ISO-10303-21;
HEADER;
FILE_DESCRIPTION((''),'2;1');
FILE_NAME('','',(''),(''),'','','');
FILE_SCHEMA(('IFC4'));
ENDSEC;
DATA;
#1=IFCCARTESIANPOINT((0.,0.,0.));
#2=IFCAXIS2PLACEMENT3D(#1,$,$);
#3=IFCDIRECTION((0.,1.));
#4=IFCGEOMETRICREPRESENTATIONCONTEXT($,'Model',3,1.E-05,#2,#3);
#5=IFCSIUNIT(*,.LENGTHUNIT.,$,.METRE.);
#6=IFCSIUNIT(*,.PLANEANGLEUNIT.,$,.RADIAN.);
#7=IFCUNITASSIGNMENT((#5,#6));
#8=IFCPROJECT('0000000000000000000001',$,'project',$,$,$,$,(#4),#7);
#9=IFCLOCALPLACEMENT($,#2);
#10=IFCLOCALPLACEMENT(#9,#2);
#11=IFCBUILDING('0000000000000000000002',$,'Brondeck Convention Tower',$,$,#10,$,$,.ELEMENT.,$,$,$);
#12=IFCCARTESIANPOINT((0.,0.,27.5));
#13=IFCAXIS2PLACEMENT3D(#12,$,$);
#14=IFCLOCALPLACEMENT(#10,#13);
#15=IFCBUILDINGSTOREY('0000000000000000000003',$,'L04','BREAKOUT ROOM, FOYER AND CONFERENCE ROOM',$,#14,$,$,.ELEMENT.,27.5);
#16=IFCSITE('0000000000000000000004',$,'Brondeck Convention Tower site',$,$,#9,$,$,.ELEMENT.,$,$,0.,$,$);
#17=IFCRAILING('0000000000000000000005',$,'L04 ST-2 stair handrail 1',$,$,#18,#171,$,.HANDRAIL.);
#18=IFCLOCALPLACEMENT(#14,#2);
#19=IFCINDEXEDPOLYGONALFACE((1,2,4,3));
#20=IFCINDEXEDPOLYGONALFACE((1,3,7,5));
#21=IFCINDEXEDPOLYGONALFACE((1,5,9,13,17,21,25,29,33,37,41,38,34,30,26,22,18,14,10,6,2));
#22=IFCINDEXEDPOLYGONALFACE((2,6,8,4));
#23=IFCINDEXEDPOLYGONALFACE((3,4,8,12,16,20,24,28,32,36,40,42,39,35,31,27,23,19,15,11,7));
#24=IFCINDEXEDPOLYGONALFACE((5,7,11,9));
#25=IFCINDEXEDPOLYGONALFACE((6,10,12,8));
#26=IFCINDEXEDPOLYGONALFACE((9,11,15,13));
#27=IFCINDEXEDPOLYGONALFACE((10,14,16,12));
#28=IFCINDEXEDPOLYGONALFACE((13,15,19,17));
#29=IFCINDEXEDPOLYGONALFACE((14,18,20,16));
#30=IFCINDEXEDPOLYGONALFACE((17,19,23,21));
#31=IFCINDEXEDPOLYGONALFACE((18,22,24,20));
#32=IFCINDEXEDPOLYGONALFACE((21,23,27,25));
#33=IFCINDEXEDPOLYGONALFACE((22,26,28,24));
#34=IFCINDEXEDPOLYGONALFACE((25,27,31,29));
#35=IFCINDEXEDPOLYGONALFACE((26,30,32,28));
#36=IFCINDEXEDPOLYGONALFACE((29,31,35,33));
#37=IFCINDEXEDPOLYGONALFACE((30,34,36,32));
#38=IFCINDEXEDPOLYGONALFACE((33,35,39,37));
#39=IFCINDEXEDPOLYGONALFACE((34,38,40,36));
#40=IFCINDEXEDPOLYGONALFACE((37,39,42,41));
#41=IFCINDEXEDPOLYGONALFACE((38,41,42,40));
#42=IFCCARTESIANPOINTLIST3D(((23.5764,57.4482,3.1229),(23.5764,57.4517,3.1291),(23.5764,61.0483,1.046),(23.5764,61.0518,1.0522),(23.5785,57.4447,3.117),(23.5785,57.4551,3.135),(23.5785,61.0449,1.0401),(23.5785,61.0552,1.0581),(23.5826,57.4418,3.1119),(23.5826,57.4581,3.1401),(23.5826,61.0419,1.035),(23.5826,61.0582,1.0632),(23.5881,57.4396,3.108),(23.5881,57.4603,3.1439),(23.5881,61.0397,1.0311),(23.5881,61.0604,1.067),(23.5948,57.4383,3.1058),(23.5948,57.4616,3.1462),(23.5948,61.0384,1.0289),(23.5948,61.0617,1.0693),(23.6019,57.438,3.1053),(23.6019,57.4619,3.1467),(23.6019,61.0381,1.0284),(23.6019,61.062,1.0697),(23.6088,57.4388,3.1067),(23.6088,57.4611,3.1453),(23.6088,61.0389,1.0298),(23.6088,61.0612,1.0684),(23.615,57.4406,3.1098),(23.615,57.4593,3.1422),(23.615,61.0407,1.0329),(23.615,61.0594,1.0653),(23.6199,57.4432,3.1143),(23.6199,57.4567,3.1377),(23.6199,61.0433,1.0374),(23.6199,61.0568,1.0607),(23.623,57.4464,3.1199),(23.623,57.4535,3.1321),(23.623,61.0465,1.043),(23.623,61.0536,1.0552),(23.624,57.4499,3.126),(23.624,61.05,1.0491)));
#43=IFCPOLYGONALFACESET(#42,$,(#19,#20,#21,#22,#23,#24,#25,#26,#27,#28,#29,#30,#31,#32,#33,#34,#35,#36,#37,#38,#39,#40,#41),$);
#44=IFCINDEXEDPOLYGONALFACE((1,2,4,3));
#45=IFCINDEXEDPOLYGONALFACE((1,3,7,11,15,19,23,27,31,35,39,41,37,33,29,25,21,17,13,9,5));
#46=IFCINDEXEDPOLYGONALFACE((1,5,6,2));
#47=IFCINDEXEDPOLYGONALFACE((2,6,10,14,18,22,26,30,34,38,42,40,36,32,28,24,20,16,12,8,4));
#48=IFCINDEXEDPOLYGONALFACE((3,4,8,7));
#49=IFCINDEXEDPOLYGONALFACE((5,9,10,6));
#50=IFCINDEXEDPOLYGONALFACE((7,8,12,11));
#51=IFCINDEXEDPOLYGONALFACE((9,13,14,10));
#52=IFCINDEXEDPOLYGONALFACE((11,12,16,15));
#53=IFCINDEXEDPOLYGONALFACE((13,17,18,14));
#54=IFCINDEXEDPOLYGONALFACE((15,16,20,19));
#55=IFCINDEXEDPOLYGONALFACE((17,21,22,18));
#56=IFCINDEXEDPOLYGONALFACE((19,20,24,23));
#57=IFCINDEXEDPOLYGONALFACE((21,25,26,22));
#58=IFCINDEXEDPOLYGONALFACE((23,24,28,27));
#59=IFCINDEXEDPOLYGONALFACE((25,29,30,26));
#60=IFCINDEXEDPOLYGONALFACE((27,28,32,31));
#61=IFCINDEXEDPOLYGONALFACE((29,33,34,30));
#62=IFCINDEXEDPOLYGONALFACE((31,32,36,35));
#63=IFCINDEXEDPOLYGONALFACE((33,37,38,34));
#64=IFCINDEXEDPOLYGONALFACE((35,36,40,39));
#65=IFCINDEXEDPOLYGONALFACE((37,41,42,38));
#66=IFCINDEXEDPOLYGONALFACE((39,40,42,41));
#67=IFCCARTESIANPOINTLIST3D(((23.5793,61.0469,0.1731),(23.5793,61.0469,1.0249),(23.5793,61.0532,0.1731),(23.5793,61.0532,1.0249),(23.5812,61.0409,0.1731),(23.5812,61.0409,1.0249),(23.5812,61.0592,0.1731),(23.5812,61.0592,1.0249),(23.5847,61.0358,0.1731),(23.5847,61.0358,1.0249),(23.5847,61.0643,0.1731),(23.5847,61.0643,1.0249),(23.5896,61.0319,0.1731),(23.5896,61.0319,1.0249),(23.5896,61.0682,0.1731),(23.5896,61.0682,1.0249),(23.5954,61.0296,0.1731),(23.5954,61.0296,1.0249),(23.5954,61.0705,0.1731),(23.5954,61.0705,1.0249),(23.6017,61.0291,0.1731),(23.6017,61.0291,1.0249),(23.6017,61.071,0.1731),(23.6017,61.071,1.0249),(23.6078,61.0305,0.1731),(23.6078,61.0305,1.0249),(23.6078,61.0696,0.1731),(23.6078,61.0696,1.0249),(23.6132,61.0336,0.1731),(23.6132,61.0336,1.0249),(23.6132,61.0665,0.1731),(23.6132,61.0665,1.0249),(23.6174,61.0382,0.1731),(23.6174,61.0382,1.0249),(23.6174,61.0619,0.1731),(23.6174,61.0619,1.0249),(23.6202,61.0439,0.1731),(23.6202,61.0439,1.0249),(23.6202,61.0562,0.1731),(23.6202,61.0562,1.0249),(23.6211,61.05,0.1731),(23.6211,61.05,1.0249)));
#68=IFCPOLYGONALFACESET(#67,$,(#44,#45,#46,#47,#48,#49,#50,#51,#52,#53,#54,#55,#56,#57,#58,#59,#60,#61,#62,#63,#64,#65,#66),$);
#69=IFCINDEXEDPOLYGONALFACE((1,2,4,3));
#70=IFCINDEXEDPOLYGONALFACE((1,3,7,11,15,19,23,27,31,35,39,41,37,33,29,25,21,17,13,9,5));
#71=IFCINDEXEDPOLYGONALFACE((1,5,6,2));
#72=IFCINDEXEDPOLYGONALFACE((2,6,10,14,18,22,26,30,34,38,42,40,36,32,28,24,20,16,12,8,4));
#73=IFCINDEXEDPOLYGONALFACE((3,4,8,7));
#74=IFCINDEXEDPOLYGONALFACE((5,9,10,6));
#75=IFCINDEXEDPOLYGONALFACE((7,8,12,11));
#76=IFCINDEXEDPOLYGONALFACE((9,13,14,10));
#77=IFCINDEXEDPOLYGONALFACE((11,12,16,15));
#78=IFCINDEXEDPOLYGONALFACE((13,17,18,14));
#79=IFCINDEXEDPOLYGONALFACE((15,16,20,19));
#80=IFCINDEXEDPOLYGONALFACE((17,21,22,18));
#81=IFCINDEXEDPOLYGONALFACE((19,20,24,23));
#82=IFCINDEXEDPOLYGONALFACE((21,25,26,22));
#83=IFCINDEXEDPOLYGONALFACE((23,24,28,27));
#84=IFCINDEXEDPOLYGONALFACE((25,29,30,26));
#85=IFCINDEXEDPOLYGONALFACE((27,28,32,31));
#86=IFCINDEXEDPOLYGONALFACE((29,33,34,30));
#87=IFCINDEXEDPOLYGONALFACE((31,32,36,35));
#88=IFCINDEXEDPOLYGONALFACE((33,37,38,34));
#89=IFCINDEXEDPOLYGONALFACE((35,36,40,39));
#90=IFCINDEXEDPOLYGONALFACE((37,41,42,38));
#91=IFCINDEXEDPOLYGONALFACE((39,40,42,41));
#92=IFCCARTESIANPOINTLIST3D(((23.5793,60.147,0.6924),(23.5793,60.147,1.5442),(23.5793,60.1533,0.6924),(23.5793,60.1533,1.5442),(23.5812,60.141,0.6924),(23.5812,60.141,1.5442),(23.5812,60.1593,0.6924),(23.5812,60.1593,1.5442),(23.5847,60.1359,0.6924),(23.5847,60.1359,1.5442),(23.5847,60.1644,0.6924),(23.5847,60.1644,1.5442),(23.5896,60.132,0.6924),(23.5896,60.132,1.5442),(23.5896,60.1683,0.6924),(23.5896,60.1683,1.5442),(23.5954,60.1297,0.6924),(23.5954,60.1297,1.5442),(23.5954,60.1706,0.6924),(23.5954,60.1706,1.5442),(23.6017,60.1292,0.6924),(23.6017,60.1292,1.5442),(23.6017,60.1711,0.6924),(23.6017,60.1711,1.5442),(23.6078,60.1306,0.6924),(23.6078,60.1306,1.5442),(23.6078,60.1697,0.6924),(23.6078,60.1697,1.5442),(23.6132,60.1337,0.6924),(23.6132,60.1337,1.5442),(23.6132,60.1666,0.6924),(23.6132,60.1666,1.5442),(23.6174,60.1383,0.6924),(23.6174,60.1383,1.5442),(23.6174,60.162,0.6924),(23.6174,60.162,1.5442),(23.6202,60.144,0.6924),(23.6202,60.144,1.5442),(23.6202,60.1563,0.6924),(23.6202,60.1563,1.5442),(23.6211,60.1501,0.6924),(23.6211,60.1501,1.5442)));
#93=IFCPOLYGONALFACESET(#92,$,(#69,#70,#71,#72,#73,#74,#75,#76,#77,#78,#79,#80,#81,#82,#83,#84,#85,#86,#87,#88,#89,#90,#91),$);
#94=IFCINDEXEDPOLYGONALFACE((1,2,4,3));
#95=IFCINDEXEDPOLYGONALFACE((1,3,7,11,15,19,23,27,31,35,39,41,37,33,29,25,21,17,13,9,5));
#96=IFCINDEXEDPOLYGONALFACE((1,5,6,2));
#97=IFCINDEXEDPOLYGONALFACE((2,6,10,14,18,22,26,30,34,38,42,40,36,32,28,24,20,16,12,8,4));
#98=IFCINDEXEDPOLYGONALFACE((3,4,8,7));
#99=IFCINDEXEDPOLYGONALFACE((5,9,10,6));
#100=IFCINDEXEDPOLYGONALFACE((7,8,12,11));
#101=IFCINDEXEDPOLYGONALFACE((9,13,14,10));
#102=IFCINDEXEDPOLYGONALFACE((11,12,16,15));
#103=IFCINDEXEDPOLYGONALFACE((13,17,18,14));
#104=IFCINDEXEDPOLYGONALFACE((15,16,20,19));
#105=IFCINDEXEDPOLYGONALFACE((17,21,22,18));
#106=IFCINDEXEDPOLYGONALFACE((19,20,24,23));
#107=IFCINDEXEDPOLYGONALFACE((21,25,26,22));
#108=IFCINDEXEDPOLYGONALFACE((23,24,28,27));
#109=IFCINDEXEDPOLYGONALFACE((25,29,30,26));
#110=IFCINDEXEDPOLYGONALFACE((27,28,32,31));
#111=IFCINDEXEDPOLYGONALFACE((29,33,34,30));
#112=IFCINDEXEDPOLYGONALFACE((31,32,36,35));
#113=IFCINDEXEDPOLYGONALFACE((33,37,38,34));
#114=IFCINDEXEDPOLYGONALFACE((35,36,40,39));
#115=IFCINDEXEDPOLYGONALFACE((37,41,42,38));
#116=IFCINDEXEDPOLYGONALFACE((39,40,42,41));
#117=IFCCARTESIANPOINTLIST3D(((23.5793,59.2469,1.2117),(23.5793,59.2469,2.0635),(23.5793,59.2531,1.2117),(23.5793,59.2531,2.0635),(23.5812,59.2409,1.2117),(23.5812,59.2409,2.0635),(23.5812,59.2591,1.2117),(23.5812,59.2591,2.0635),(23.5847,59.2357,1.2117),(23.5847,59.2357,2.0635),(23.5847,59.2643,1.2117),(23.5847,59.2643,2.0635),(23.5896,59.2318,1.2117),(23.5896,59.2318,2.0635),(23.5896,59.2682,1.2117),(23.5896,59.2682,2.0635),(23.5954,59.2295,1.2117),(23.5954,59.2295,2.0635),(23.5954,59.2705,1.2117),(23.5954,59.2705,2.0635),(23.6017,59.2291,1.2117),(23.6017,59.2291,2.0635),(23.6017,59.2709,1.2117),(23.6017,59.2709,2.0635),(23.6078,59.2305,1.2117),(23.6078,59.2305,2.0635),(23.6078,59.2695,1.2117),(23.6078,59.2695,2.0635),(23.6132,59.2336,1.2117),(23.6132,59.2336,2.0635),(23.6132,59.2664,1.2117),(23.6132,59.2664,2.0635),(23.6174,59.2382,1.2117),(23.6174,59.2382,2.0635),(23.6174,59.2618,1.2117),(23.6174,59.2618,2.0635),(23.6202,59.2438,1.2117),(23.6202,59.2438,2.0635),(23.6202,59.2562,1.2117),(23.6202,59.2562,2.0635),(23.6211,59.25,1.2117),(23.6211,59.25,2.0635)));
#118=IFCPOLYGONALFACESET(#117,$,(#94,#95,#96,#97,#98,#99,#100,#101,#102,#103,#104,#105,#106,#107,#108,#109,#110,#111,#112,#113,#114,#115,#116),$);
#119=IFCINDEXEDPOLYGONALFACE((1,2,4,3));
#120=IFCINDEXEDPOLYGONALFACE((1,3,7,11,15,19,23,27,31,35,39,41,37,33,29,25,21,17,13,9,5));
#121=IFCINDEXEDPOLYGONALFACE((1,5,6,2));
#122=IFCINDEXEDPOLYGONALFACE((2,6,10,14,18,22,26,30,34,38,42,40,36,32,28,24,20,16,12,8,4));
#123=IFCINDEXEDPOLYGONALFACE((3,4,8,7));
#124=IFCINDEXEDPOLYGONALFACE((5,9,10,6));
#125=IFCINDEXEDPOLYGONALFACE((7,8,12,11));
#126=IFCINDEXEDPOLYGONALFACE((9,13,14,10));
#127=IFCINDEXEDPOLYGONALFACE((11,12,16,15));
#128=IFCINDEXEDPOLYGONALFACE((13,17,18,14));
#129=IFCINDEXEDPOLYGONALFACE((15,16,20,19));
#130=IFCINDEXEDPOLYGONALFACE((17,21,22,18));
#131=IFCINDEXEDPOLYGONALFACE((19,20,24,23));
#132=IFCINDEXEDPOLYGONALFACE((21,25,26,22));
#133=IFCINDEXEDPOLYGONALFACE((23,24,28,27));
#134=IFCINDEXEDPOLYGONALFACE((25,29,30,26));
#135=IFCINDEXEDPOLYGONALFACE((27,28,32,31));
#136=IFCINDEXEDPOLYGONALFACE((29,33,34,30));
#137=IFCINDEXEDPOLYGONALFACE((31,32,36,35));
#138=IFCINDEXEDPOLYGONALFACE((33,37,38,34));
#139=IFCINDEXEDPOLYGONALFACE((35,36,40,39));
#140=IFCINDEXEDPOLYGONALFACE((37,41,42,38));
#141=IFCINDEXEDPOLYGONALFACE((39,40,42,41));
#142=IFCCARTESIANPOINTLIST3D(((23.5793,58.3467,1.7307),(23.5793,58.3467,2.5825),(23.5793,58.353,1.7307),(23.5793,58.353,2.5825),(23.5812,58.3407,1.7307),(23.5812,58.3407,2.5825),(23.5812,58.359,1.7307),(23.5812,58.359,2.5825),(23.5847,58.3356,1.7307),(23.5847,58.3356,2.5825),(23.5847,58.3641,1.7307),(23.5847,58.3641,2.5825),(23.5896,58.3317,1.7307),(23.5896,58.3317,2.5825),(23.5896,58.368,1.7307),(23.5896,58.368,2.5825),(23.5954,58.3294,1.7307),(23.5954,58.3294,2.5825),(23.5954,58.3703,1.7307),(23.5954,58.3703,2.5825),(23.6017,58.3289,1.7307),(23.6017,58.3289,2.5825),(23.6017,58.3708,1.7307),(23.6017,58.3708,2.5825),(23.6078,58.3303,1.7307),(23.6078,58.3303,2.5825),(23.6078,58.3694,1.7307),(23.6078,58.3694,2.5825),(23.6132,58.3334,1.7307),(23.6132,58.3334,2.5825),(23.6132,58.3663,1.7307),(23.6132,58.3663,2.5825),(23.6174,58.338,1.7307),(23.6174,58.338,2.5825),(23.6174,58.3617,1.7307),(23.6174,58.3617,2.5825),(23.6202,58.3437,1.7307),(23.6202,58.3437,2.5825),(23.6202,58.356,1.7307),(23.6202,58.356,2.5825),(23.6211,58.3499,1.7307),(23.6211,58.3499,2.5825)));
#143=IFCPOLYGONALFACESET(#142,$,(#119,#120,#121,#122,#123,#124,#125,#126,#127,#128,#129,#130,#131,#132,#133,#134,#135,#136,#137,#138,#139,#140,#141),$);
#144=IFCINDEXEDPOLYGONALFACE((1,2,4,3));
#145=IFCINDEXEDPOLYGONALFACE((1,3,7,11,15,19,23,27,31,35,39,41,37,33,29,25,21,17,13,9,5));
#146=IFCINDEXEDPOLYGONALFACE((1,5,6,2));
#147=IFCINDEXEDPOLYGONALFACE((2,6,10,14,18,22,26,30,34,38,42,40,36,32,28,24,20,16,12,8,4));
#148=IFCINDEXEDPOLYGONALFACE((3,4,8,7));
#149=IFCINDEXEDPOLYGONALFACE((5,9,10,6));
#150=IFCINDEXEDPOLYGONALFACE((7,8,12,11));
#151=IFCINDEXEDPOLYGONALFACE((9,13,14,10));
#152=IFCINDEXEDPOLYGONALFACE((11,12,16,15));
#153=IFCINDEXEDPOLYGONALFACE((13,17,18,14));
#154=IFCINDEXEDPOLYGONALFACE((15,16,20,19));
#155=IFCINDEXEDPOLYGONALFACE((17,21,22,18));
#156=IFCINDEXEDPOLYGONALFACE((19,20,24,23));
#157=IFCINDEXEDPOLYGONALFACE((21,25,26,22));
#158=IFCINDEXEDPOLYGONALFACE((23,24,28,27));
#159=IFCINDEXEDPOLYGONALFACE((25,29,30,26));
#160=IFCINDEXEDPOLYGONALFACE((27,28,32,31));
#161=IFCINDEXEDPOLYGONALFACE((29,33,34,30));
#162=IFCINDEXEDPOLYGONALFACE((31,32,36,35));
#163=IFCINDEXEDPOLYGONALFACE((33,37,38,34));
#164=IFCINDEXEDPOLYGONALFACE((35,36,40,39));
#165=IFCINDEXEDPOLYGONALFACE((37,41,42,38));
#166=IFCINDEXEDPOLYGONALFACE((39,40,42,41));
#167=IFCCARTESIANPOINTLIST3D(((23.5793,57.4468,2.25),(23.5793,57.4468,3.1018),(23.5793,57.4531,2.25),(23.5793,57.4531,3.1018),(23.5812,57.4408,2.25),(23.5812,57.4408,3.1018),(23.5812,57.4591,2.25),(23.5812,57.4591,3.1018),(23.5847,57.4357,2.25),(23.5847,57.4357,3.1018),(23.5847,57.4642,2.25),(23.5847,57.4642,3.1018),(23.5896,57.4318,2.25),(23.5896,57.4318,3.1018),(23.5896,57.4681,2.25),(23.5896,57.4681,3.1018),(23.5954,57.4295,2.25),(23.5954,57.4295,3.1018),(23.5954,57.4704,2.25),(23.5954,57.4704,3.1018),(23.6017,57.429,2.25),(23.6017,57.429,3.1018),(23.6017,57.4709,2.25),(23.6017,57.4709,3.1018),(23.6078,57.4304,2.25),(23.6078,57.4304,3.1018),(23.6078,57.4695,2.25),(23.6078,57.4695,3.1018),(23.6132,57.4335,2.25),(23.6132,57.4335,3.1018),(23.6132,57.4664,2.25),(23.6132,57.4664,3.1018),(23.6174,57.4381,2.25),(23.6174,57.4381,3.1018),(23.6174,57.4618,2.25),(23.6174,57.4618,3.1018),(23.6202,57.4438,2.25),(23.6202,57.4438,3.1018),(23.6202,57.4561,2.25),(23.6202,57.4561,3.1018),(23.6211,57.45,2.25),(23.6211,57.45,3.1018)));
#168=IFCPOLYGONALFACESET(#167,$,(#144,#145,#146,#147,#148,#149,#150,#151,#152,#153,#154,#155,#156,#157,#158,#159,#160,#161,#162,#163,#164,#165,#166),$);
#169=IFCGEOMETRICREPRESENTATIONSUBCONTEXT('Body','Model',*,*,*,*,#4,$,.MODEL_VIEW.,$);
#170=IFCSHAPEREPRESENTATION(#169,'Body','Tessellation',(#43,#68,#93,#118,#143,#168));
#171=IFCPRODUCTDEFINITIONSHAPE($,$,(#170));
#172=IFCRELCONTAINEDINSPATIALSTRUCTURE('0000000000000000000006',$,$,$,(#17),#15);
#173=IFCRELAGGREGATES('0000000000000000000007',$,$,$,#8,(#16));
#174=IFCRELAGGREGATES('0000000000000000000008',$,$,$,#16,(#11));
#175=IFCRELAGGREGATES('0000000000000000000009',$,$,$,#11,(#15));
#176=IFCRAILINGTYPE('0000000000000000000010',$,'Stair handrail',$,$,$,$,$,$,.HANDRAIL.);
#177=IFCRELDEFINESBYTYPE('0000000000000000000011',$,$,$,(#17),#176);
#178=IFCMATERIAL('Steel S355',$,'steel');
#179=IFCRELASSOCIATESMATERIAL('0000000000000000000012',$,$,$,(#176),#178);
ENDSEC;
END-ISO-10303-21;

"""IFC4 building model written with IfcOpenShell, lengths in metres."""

from ifc_helpers import new_model, si_unit, direction, frame, origin, origin_2d, place, context, subcontext, project, spatial, circle, extrude, material, type_object, element, save


model = new_model("IFC4")

# Units and contexts
model_context = context("Model", 3, precision=1e-05, world=origin(), true_north=direction((0.0, 1.0)))
body_context = subcontext(model_context, "Body", "Model", "MODEL_VIEW")
ifc_project = project(units=[si_unit("LENGTHUNIT", "METRE"), si_unit("PLANEANGLEUNIT", "RADIAN")], contexts=[model_context])

# Site, building, storey
site_placement = place(None, origin())
site = spatial("IfcSite", under=ifc_project, at=site_placement, Name="Brondeck Convention Tower site", CompositionType="ELEMENT", RefElevation=0.0)
building_placement = place(site_placement, origin())
building = spatial("IfcBuilding", under=site, at=building_placement, Name="Brondeck Convention Tower", CompositionType="ELEMENT")
storey_placement = place(building_placement, frame((0.0, 0.0, 27.5)))
storey = spatial("IfcBuildingStorey", under=building, at=storey_placement, Name="L04", Description="BREAKOUT ROOM, FOYER AND CONFERENCE ROOM", CompositionType="ELEMENT", Elevation=27.5)

# Railing
ifc_material_1 = material(Name="Steel S355", Category="steel")
railing_type_1 = type_object("IfcRailingType", Name="Stair handrail", PredefinedType="HANDRAIL", material=ifc_material_1)
railing_1_placement = place(storey_placement, frame((23.6001, 61.05, 0.1731)))
element("IfcRailing", 1, at=railing_1_placement, inside=storey, type_object=railing_type_1, Name="L04 ST-2 stair handrail 1", PredefinedType="HANDRAIL", context=body_context, shape_type="SweptSolid", body=[
    extrude(circle(Radius=0.0239, at=origin_2d()), frame((0.0, 0.0, 0.876), z_axis=(0.0, -0.866193, 0.499709), x_axis=(1.0, 0.0, 0.0)), (0.0, 0.0, 1.0), 4.1562),
    extrude(circle(Radius=0.021, at=origin_2d()), origin(), (0.0, 0.0, 1.0), 0.8518),
    extrude(circle(Radius=0.021, at=origin_2d()), frame((0.0, -0.8999, 0.5193)), (0.0, 0.0, 1.0), 0.8518),
    extrude(circle(Radius=0.021, at=origin_2d()), frame((0.0, -1.8, 1.0386)), (0.0, 0.0, 1.0), 0.8518),
    extrude(circle(Radius=0.021, at=origin_2d()), frame((0.0, -2.7002, 1.5576)), (0.0, 0.0, 1.0), 0.8518),
    extrude(circle(Radius=0.021, at=origin_2d()), frame((0.0, -3.6001, 2.0769)), (0.0, 0.0, 1.0), 0.8518),
])

save(model, "model.ifc")
